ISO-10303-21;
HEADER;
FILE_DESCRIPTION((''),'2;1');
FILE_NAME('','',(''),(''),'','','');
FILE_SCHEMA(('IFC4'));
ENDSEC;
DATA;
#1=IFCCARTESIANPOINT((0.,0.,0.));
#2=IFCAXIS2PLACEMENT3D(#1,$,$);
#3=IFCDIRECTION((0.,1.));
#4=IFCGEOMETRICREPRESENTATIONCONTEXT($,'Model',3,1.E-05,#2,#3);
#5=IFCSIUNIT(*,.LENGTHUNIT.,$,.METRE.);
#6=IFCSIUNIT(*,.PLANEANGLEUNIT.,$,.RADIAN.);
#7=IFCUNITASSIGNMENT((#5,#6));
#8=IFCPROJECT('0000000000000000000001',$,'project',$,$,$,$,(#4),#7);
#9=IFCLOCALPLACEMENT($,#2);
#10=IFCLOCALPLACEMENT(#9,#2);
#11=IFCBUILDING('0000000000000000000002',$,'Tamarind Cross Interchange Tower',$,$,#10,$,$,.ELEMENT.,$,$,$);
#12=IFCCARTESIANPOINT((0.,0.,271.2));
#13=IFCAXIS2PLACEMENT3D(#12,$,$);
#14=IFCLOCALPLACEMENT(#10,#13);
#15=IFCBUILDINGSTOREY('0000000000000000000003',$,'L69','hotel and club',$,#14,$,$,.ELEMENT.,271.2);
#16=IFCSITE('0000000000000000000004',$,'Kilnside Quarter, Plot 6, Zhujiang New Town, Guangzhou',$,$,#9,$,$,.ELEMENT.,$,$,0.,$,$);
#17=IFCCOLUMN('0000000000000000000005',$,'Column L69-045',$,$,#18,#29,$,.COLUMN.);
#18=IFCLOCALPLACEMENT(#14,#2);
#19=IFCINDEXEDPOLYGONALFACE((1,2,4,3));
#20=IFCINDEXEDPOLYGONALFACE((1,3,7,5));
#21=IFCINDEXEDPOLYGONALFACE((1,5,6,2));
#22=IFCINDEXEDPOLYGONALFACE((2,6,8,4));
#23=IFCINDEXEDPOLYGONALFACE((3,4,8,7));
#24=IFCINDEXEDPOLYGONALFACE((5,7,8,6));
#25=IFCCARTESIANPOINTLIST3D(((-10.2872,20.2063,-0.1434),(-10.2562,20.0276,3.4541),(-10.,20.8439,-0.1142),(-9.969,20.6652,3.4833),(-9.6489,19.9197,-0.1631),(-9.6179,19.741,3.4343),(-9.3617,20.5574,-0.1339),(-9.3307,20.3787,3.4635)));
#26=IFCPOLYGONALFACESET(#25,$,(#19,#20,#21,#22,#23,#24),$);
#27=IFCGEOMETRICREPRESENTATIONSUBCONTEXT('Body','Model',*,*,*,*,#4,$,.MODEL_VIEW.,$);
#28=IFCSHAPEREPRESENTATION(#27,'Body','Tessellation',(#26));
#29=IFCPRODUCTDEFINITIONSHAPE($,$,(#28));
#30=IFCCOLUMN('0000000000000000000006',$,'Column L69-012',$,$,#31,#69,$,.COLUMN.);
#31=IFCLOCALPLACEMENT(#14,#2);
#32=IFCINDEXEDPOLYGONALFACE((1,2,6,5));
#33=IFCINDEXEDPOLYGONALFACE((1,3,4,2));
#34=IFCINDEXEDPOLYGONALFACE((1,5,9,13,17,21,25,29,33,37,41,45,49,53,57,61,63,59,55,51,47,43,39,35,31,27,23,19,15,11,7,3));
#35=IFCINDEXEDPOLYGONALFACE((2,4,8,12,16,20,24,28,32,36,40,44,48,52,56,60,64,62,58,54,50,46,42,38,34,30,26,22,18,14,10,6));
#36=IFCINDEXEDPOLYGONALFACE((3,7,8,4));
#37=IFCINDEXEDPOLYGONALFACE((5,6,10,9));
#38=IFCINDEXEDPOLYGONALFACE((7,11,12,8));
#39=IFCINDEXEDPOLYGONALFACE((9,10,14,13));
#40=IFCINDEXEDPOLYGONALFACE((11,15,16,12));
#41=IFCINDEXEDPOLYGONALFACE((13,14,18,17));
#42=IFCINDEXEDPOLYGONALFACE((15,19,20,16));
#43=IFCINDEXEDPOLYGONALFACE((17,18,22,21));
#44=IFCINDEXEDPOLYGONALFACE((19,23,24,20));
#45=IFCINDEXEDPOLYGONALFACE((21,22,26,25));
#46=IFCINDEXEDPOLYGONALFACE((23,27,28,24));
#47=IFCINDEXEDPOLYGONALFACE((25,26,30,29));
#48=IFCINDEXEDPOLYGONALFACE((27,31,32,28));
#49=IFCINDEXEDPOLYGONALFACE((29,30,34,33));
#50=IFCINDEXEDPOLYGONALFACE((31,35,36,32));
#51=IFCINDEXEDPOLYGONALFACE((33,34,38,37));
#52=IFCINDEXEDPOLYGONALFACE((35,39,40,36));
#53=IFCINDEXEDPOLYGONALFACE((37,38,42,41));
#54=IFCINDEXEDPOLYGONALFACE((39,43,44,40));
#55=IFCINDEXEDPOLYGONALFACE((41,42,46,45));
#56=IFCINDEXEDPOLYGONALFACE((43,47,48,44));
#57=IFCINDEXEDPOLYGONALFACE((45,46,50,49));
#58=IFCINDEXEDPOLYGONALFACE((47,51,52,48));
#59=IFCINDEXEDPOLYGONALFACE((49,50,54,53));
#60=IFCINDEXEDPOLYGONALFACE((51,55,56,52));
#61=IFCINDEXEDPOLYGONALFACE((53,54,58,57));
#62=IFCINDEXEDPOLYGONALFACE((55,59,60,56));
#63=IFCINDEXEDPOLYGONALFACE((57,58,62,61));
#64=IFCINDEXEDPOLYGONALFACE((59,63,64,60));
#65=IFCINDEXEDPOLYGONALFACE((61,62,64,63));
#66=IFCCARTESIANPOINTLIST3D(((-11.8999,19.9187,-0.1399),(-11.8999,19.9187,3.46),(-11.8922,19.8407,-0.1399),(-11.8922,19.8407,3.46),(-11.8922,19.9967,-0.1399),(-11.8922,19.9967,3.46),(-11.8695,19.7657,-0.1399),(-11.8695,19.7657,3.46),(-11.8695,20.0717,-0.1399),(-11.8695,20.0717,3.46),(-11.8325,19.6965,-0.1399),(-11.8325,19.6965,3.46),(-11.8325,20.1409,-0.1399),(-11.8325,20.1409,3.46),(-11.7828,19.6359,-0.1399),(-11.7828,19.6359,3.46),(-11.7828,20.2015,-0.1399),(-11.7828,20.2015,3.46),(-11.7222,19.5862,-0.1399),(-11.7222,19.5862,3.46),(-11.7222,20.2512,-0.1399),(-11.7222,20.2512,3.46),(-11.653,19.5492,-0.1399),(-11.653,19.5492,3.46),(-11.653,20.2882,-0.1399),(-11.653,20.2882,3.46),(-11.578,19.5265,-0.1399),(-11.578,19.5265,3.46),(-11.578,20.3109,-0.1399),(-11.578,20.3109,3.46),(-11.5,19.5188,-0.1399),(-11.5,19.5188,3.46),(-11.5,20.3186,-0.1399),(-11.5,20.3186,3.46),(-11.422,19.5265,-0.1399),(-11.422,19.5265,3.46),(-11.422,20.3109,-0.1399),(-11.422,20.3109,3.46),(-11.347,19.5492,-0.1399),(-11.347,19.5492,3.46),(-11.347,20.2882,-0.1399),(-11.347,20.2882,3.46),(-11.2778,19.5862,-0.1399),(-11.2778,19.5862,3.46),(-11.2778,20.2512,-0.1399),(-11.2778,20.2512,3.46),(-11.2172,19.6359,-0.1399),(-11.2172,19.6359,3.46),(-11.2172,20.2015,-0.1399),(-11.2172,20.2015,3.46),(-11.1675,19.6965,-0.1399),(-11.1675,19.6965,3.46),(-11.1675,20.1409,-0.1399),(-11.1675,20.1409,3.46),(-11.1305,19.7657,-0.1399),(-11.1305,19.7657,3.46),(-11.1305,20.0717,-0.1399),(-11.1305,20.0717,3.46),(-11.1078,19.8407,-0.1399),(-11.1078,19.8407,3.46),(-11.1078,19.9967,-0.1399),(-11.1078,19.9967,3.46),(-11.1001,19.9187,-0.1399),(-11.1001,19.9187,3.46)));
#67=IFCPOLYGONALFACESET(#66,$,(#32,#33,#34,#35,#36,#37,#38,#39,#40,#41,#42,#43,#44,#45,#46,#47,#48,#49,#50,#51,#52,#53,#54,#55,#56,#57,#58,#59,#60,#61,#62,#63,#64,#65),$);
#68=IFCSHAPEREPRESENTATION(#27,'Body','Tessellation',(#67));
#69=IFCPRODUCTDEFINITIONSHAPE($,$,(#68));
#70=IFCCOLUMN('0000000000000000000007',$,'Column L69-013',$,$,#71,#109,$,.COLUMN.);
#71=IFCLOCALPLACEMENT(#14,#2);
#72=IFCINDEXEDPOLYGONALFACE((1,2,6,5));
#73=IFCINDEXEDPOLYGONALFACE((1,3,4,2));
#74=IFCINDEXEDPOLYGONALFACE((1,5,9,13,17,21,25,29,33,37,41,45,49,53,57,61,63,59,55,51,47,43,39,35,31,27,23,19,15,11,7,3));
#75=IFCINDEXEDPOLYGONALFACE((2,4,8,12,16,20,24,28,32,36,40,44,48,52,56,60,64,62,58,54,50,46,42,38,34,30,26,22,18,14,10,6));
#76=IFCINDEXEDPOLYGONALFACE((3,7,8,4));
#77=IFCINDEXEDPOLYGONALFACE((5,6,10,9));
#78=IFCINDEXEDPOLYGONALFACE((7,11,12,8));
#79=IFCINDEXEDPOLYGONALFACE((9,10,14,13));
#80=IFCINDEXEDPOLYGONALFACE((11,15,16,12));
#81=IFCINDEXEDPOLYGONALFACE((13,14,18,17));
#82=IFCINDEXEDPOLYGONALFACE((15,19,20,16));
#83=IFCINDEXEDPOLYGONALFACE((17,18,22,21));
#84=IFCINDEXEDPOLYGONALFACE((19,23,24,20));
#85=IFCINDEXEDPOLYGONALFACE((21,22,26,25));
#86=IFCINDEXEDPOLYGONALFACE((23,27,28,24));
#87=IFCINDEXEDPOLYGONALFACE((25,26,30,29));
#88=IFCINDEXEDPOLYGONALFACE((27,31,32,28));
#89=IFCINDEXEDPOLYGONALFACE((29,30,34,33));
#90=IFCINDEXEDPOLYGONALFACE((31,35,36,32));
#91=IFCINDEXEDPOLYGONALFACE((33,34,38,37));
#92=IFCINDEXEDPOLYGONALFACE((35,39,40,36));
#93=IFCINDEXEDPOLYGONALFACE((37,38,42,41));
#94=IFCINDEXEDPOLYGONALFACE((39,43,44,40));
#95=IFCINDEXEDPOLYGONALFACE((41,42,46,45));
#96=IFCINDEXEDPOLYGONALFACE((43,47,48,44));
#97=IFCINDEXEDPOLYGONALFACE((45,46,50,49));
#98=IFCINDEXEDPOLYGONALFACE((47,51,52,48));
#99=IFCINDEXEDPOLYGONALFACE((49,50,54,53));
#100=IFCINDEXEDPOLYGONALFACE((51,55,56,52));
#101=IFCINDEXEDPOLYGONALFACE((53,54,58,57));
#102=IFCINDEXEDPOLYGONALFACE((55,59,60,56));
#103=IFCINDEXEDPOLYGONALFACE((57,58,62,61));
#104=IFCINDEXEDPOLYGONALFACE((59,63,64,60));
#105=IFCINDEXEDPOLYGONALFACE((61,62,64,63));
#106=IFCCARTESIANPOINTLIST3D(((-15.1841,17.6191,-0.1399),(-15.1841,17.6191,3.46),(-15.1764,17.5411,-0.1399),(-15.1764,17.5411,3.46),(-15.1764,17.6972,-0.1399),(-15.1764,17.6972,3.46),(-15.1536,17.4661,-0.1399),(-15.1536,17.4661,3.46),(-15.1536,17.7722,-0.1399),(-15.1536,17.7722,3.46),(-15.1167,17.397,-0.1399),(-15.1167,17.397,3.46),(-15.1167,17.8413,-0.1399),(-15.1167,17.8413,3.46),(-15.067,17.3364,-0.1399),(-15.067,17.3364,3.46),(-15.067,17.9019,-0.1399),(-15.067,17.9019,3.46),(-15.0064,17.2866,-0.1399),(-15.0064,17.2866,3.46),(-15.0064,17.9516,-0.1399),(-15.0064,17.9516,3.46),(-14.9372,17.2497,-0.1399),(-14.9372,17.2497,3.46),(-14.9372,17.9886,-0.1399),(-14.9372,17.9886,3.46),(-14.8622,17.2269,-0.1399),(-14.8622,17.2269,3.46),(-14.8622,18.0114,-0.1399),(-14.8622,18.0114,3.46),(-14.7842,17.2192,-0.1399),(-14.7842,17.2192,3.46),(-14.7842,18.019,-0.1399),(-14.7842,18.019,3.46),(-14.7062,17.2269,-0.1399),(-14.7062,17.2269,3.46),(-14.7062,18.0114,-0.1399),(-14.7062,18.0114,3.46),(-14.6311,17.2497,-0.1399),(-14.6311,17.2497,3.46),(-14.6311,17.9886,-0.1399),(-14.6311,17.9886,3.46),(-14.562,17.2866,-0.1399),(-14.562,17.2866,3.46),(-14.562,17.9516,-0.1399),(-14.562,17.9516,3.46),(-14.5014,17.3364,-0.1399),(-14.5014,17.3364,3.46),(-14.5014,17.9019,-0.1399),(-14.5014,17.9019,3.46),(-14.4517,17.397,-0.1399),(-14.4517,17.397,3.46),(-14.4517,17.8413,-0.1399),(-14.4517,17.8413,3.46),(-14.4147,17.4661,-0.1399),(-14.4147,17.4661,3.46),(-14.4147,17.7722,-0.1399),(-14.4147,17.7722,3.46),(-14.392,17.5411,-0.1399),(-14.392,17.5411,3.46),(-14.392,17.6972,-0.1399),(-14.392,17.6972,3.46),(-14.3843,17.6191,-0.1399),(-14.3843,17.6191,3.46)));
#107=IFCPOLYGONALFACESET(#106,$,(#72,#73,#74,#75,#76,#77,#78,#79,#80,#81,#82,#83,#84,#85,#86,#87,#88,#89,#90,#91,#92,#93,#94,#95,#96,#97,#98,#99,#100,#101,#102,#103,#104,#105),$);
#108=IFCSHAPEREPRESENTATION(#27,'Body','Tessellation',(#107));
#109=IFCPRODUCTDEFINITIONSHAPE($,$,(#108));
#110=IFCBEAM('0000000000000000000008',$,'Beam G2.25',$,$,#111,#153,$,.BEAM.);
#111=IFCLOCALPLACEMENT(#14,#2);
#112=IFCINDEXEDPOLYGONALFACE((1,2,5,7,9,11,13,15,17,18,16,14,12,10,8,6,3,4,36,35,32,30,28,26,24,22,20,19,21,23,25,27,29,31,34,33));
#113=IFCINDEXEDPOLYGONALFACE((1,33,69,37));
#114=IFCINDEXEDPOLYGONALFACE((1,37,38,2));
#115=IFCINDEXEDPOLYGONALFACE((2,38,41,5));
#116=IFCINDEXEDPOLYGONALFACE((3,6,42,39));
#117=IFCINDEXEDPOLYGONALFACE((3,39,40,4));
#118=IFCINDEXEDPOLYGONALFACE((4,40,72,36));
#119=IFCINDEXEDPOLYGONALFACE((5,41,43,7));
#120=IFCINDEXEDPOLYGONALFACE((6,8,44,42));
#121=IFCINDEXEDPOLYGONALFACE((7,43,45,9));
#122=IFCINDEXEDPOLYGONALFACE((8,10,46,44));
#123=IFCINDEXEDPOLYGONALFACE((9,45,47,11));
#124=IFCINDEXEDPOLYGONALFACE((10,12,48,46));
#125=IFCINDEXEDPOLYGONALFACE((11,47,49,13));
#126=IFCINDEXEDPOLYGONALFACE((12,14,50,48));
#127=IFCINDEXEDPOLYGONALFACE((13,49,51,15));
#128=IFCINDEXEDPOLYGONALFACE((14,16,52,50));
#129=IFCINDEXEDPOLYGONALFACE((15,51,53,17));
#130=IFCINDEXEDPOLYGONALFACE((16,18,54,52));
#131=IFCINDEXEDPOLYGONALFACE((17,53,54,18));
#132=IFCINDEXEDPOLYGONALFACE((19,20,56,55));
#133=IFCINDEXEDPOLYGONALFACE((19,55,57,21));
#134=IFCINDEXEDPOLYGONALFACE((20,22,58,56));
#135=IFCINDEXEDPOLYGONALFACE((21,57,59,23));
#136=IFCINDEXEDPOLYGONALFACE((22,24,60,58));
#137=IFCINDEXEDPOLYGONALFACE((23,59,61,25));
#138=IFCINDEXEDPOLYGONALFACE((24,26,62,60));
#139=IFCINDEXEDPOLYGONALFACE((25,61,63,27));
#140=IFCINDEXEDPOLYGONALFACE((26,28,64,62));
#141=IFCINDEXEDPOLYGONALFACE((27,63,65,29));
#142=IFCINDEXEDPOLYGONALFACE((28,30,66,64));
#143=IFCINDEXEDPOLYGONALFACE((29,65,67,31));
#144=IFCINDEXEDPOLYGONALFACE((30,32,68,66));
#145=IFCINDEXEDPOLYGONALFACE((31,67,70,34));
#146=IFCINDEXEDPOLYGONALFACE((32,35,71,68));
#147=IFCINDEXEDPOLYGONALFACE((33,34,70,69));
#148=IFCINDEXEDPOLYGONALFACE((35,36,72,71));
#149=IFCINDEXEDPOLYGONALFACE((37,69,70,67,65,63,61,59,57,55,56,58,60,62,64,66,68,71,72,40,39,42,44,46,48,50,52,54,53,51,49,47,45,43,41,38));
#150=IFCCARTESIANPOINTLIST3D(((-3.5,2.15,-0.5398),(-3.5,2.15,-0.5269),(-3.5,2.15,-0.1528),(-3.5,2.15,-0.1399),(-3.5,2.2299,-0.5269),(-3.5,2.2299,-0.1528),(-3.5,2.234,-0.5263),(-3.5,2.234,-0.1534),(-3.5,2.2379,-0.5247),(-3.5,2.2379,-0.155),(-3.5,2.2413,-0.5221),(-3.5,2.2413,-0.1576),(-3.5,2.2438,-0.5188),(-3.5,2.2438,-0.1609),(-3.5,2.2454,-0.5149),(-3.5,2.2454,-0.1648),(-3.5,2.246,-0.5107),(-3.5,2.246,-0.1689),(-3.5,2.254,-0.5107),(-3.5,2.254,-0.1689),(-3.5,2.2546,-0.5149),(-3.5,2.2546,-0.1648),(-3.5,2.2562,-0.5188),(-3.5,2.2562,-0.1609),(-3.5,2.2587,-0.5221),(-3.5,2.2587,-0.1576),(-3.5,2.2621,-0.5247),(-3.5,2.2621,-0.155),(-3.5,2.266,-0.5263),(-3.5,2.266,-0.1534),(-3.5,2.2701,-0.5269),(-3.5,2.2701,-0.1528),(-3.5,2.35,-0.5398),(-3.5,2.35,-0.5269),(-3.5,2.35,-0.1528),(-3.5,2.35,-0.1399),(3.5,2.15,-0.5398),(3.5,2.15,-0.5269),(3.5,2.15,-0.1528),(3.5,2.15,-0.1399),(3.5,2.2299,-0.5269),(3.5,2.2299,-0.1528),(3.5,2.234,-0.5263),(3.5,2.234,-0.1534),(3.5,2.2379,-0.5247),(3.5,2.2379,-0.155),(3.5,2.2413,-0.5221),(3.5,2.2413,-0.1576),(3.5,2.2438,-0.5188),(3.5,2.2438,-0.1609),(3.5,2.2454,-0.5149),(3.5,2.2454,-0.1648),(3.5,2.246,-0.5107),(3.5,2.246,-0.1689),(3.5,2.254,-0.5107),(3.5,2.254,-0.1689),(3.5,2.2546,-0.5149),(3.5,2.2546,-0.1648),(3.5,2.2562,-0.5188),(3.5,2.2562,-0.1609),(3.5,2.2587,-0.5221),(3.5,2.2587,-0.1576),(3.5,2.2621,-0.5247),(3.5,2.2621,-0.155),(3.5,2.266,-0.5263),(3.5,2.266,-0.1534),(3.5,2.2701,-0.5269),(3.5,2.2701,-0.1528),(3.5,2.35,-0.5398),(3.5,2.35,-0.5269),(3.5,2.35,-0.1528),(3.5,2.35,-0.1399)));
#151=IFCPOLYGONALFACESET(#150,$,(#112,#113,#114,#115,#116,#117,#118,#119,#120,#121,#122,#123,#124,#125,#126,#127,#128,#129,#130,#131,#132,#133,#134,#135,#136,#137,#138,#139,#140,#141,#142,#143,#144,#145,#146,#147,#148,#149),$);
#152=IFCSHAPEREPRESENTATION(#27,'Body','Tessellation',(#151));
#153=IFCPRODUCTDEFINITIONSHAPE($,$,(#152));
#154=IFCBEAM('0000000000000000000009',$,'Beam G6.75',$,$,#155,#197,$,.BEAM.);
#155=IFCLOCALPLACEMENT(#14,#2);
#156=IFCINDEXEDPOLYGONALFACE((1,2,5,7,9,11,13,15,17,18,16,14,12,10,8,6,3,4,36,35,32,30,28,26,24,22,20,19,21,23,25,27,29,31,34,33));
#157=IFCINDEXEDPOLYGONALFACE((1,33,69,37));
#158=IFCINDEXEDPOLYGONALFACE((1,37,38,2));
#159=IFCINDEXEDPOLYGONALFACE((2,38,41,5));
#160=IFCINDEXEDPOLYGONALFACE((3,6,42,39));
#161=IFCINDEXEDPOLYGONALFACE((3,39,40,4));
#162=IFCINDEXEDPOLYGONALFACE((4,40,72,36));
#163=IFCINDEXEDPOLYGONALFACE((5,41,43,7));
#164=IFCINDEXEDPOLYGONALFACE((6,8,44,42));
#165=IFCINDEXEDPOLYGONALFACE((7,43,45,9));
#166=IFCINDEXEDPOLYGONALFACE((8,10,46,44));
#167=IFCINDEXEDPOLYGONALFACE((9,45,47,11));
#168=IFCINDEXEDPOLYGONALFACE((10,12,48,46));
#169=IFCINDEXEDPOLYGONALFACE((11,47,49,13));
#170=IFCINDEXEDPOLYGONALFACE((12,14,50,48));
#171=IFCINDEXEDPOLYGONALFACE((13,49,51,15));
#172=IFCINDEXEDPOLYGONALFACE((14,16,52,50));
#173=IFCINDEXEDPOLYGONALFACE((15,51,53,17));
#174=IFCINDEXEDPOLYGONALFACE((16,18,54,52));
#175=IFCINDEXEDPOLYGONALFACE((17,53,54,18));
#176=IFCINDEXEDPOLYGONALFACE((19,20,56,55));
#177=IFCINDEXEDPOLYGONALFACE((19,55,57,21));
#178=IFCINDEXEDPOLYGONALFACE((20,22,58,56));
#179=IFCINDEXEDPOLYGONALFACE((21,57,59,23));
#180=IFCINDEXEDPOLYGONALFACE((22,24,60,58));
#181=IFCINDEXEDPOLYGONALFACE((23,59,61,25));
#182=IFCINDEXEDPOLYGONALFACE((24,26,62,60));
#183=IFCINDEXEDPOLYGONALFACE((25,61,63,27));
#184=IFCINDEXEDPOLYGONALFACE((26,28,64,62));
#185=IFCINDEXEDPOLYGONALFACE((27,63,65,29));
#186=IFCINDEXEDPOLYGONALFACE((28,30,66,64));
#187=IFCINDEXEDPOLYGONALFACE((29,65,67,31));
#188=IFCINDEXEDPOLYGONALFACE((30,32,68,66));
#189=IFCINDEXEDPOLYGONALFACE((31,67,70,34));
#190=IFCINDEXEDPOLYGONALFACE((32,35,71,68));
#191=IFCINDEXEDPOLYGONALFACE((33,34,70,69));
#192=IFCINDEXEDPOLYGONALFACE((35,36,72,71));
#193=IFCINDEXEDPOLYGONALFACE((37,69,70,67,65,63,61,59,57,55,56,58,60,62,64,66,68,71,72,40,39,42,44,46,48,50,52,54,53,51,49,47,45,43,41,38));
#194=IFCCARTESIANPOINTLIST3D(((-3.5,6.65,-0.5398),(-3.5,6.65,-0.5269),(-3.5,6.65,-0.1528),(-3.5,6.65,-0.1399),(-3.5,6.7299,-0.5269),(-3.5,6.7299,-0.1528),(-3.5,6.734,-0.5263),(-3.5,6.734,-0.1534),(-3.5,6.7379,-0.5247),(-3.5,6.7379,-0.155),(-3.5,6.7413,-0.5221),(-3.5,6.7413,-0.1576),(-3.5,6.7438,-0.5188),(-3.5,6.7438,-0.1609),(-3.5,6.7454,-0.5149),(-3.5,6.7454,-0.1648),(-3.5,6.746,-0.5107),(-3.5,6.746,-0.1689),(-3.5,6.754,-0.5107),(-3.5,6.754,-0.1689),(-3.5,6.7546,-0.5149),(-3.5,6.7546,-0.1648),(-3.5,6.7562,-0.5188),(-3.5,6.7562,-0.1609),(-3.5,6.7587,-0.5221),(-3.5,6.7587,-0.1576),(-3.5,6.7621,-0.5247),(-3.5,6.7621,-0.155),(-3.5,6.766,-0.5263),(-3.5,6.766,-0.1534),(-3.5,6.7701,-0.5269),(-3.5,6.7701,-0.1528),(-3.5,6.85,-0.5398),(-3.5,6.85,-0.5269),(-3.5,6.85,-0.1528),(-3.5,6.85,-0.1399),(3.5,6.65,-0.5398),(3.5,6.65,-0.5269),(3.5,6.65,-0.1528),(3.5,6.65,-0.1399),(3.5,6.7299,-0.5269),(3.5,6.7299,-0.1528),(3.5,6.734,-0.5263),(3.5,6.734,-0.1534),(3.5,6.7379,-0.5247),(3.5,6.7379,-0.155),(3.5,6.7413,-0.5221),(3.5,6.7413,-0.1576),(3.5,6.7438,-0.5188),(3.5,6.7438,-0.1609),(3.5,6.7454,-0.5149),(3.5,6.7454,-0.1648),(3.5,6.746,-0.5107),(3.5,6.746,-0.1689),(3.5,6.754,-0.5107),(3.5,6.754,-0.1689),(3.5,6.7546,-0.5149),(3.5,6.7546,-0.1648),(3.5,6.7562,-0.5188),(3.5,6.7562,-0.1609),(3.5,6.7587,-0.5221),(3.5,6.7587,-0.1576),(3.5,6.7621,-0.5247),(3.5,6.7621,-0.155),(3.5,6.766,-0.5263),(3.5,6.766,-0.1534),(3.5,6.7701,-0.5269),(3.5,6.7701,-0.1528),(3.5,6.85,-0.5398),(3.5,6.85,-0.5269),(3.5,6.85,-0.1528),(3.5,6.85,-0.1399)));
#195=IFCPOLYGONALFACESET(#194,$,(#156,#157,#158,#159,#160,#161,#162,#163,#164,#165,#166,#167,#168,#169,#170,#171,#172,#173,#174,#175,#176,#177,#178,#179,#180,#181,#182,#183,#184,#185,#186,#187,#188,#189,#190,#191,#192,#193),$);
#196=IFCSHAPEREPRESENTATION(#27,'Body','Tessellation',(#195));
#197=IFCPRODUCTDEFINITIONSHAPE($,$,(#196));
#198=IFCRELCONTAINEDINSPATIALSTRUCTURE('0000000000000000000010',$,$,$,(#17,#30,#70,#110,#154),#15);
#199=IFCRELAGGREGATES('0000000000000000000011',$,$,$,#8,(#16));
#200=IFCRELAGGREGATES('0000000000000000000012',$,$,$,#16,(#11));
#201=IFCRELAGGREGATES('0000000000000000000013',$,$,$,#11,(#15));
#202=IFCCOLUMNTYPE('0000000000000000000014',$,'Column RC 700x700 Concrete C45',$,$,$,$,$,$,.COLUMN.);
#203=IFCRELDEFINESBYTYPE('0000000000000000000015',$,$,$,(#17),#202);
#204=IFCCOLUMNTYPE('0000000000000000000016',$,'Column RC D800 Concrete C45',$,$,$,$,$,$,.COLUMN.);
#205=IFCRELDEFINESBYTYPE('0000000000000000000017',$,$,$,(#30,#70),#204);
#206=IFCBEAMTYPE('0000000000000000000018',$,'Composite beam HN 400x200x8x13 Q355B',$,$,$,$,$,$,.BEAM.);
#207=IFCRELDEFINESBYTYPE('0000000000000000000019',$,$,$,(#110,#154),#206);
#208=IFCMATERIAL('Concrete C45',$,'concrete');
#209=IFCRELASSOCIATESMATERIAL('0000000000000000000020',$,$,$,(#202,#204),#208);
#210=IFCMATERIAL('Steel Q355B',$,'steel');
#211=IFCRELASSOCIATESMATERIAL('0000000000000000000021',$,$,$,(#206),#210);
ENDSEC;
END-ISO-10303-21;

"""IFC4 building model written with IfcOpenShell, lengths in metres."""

from ifc_helpers import new_model, si_unit, direction, frame, origin, origin_2d, place, context, subcontext, project, spatial, rectangle, circle, i_section, extrude, material, material_profile, profile_set, type_object, element, save


model = new_model("IFC4")

# Units and contexts
model_context = context("Model", 3, precision=1e-05, world=origin(), true_north=direction((0.0, 1.0)))
body_context = subcontext(model_context, "Body", "Model", "MODEL_VIEW")
ifc_project = project(units=[si_unit("LENGTHUNIT", "METRE"), si_unit("PLANEANGLEUNIT", "RADIAN")], contexts=[model_context])

# Site, building, storey
site_placement = place(None, origin())
site = spatial("IfcSite", under=ifc_project, at=site_placement, Name="Kilnside Quarter, Plot 6, Zhujiang New Town, Guangzhou", CompositionType="ELEMENT", RefElevation=0.0)
building_placement = place(site_placement, origin())
building = spatial("IfcBuilding", under=site, at=building_placement, Name="Tamarind Cross Interchange Tower", CompositionType="ELEMENT")
storey_placement = place(building_placement, frame((0.0, 0.0, 271.2)))
storey = spatial("IfcBuildingStorey", under=building, at=storey_placement, Name="L69", Description="hotel and club", CompositionType="ELEMENT", Elevation=271.2)

# Columns
ifc_material_1 = material(Name="Concrete C45", Category="concrete")
ifc_material_profile_1 = material_profile(ifc_material_1, rectangle(XDim=0.7, YDim=0.7, at=origin_2d()), Name="RC 700x700")
ifc_profile_set_1 = profile_set([ifc_material_profile_1], Name="Concrete C45")
column_type_1 = type_object("IfcColumnType", Name="Column RC 700x700 Concrete C45", PredefinedType="COLUMN", material=ifc_profile_set_1)
column_placement = place(storey_placement, frame((-9.8245, 20.3818, -0.1387), z_axis=(0.008608, -0.049615, 0.998731), x_axis=(0.410265, 0.911012, 0.041721)))
element("IfcColumn", 1, at=column_placement, inside=storey, type_object=column_type_1, Name="Column L69-045", PredefinedType="COLUMN", context=body_context, shape_type="SweptSolid", body=[
    extrude(rectangle(XDim=0.7, YDim=0.7, at=origin_2d()), origin(), (0.0, 0.0, 1.0), 3.6021),
])
ifc_material_profile_2 = material_profile(ifc_material_1, circle(Radius=0.3999, at=origin_2d()), Name="RC D800")
ifc_profile_set_2 = profile_set([ifc_material_profile_2], Name="Concrete C45")
column_type_2 = type_object("IfcColumnType", Name="Column RC D800 Concrete C45", PredefinedType="COLUMN", material=ifc_profile_set_2)
for number, where, z_axis, x_axis, name in (
    (2, (-11.5, 19.9187, -0.1399), (0.0, 0.0, 1.0), (1.0, 0.0, 0.0), "Column L69-012"),
    (3, (-14.7842, 17.6191, -0.1399), (0.0, 0.0, 1.0), (1.0, 0.0, 0.0), "Column L69-013"),
):
    element("IfcColumn", number, at=place(storey_placement, frame(where, z_axis=z_axis, x_axis=x_axis)), inside=storey, type_object=column_type_2, Name=name, PredefinedType="COLUMN", context=body_context, shape_type="SweptSolid", body=[
        extrude(circle(Radius=0.3999, at=origin_2d()), origin(), (0.0, 0.0, 1.0), 3.5999),
    ])

# Beams
ifc_material_2 = material(Name="Steel Q355B", Category="steel")
ifc_material_profile_3 = material_profile(ifc_material_2, i_section(OverallWidth=0.2, OverallDepth=0.3999, WebThickness=0.0081, FlangeThickness=0.0129, FilletRadius=0.0161, at=origin_2d()), Name="HN 400x200x8x13")
ifc_profile_set_3 = profile_set([ifc_material_profile_3], Name="Steel Q355B")
beam_type_1 = type_object("IfcBeamType", Name="Composite beam HN 400x200x8x13 Q355B", PredefinedType="BEAM", material=ifc_profile_set_3)
for number, where, z_axis, x_axis, name in (
    (4, (-3.5, 2.25, -0.3398), (1.0, 0.0, 0.0), (0.0, 1.0, 0.0), "Beam G2.25"),
    (5, (-3.5, 6.75, -0.3398), (1.0, 0.0, 0.0), (0.0, 1.0, 0.0), "Beam G6.75"),
):
    element("IfcBeam", number, at=place(storey_placement, frame(where, z_axis=z_axis, x_axis=x_axis)), inside=storey, type_object=beam_type_1, Name=name, PredefinedType="BEAM", context=body_context, shape_type="SweptSolid", body=[
        extrude(i_section(OverallWidth=0.2, OverallDepth=0.3999, WebThickness=0.0081, FlangeThickness=0.0129, FilletRadius=0.0161, at=origin_2d()), origin(), (0.0, 0.0, 1.0), 7.0),
    ])

save(model, "model.ifc")
